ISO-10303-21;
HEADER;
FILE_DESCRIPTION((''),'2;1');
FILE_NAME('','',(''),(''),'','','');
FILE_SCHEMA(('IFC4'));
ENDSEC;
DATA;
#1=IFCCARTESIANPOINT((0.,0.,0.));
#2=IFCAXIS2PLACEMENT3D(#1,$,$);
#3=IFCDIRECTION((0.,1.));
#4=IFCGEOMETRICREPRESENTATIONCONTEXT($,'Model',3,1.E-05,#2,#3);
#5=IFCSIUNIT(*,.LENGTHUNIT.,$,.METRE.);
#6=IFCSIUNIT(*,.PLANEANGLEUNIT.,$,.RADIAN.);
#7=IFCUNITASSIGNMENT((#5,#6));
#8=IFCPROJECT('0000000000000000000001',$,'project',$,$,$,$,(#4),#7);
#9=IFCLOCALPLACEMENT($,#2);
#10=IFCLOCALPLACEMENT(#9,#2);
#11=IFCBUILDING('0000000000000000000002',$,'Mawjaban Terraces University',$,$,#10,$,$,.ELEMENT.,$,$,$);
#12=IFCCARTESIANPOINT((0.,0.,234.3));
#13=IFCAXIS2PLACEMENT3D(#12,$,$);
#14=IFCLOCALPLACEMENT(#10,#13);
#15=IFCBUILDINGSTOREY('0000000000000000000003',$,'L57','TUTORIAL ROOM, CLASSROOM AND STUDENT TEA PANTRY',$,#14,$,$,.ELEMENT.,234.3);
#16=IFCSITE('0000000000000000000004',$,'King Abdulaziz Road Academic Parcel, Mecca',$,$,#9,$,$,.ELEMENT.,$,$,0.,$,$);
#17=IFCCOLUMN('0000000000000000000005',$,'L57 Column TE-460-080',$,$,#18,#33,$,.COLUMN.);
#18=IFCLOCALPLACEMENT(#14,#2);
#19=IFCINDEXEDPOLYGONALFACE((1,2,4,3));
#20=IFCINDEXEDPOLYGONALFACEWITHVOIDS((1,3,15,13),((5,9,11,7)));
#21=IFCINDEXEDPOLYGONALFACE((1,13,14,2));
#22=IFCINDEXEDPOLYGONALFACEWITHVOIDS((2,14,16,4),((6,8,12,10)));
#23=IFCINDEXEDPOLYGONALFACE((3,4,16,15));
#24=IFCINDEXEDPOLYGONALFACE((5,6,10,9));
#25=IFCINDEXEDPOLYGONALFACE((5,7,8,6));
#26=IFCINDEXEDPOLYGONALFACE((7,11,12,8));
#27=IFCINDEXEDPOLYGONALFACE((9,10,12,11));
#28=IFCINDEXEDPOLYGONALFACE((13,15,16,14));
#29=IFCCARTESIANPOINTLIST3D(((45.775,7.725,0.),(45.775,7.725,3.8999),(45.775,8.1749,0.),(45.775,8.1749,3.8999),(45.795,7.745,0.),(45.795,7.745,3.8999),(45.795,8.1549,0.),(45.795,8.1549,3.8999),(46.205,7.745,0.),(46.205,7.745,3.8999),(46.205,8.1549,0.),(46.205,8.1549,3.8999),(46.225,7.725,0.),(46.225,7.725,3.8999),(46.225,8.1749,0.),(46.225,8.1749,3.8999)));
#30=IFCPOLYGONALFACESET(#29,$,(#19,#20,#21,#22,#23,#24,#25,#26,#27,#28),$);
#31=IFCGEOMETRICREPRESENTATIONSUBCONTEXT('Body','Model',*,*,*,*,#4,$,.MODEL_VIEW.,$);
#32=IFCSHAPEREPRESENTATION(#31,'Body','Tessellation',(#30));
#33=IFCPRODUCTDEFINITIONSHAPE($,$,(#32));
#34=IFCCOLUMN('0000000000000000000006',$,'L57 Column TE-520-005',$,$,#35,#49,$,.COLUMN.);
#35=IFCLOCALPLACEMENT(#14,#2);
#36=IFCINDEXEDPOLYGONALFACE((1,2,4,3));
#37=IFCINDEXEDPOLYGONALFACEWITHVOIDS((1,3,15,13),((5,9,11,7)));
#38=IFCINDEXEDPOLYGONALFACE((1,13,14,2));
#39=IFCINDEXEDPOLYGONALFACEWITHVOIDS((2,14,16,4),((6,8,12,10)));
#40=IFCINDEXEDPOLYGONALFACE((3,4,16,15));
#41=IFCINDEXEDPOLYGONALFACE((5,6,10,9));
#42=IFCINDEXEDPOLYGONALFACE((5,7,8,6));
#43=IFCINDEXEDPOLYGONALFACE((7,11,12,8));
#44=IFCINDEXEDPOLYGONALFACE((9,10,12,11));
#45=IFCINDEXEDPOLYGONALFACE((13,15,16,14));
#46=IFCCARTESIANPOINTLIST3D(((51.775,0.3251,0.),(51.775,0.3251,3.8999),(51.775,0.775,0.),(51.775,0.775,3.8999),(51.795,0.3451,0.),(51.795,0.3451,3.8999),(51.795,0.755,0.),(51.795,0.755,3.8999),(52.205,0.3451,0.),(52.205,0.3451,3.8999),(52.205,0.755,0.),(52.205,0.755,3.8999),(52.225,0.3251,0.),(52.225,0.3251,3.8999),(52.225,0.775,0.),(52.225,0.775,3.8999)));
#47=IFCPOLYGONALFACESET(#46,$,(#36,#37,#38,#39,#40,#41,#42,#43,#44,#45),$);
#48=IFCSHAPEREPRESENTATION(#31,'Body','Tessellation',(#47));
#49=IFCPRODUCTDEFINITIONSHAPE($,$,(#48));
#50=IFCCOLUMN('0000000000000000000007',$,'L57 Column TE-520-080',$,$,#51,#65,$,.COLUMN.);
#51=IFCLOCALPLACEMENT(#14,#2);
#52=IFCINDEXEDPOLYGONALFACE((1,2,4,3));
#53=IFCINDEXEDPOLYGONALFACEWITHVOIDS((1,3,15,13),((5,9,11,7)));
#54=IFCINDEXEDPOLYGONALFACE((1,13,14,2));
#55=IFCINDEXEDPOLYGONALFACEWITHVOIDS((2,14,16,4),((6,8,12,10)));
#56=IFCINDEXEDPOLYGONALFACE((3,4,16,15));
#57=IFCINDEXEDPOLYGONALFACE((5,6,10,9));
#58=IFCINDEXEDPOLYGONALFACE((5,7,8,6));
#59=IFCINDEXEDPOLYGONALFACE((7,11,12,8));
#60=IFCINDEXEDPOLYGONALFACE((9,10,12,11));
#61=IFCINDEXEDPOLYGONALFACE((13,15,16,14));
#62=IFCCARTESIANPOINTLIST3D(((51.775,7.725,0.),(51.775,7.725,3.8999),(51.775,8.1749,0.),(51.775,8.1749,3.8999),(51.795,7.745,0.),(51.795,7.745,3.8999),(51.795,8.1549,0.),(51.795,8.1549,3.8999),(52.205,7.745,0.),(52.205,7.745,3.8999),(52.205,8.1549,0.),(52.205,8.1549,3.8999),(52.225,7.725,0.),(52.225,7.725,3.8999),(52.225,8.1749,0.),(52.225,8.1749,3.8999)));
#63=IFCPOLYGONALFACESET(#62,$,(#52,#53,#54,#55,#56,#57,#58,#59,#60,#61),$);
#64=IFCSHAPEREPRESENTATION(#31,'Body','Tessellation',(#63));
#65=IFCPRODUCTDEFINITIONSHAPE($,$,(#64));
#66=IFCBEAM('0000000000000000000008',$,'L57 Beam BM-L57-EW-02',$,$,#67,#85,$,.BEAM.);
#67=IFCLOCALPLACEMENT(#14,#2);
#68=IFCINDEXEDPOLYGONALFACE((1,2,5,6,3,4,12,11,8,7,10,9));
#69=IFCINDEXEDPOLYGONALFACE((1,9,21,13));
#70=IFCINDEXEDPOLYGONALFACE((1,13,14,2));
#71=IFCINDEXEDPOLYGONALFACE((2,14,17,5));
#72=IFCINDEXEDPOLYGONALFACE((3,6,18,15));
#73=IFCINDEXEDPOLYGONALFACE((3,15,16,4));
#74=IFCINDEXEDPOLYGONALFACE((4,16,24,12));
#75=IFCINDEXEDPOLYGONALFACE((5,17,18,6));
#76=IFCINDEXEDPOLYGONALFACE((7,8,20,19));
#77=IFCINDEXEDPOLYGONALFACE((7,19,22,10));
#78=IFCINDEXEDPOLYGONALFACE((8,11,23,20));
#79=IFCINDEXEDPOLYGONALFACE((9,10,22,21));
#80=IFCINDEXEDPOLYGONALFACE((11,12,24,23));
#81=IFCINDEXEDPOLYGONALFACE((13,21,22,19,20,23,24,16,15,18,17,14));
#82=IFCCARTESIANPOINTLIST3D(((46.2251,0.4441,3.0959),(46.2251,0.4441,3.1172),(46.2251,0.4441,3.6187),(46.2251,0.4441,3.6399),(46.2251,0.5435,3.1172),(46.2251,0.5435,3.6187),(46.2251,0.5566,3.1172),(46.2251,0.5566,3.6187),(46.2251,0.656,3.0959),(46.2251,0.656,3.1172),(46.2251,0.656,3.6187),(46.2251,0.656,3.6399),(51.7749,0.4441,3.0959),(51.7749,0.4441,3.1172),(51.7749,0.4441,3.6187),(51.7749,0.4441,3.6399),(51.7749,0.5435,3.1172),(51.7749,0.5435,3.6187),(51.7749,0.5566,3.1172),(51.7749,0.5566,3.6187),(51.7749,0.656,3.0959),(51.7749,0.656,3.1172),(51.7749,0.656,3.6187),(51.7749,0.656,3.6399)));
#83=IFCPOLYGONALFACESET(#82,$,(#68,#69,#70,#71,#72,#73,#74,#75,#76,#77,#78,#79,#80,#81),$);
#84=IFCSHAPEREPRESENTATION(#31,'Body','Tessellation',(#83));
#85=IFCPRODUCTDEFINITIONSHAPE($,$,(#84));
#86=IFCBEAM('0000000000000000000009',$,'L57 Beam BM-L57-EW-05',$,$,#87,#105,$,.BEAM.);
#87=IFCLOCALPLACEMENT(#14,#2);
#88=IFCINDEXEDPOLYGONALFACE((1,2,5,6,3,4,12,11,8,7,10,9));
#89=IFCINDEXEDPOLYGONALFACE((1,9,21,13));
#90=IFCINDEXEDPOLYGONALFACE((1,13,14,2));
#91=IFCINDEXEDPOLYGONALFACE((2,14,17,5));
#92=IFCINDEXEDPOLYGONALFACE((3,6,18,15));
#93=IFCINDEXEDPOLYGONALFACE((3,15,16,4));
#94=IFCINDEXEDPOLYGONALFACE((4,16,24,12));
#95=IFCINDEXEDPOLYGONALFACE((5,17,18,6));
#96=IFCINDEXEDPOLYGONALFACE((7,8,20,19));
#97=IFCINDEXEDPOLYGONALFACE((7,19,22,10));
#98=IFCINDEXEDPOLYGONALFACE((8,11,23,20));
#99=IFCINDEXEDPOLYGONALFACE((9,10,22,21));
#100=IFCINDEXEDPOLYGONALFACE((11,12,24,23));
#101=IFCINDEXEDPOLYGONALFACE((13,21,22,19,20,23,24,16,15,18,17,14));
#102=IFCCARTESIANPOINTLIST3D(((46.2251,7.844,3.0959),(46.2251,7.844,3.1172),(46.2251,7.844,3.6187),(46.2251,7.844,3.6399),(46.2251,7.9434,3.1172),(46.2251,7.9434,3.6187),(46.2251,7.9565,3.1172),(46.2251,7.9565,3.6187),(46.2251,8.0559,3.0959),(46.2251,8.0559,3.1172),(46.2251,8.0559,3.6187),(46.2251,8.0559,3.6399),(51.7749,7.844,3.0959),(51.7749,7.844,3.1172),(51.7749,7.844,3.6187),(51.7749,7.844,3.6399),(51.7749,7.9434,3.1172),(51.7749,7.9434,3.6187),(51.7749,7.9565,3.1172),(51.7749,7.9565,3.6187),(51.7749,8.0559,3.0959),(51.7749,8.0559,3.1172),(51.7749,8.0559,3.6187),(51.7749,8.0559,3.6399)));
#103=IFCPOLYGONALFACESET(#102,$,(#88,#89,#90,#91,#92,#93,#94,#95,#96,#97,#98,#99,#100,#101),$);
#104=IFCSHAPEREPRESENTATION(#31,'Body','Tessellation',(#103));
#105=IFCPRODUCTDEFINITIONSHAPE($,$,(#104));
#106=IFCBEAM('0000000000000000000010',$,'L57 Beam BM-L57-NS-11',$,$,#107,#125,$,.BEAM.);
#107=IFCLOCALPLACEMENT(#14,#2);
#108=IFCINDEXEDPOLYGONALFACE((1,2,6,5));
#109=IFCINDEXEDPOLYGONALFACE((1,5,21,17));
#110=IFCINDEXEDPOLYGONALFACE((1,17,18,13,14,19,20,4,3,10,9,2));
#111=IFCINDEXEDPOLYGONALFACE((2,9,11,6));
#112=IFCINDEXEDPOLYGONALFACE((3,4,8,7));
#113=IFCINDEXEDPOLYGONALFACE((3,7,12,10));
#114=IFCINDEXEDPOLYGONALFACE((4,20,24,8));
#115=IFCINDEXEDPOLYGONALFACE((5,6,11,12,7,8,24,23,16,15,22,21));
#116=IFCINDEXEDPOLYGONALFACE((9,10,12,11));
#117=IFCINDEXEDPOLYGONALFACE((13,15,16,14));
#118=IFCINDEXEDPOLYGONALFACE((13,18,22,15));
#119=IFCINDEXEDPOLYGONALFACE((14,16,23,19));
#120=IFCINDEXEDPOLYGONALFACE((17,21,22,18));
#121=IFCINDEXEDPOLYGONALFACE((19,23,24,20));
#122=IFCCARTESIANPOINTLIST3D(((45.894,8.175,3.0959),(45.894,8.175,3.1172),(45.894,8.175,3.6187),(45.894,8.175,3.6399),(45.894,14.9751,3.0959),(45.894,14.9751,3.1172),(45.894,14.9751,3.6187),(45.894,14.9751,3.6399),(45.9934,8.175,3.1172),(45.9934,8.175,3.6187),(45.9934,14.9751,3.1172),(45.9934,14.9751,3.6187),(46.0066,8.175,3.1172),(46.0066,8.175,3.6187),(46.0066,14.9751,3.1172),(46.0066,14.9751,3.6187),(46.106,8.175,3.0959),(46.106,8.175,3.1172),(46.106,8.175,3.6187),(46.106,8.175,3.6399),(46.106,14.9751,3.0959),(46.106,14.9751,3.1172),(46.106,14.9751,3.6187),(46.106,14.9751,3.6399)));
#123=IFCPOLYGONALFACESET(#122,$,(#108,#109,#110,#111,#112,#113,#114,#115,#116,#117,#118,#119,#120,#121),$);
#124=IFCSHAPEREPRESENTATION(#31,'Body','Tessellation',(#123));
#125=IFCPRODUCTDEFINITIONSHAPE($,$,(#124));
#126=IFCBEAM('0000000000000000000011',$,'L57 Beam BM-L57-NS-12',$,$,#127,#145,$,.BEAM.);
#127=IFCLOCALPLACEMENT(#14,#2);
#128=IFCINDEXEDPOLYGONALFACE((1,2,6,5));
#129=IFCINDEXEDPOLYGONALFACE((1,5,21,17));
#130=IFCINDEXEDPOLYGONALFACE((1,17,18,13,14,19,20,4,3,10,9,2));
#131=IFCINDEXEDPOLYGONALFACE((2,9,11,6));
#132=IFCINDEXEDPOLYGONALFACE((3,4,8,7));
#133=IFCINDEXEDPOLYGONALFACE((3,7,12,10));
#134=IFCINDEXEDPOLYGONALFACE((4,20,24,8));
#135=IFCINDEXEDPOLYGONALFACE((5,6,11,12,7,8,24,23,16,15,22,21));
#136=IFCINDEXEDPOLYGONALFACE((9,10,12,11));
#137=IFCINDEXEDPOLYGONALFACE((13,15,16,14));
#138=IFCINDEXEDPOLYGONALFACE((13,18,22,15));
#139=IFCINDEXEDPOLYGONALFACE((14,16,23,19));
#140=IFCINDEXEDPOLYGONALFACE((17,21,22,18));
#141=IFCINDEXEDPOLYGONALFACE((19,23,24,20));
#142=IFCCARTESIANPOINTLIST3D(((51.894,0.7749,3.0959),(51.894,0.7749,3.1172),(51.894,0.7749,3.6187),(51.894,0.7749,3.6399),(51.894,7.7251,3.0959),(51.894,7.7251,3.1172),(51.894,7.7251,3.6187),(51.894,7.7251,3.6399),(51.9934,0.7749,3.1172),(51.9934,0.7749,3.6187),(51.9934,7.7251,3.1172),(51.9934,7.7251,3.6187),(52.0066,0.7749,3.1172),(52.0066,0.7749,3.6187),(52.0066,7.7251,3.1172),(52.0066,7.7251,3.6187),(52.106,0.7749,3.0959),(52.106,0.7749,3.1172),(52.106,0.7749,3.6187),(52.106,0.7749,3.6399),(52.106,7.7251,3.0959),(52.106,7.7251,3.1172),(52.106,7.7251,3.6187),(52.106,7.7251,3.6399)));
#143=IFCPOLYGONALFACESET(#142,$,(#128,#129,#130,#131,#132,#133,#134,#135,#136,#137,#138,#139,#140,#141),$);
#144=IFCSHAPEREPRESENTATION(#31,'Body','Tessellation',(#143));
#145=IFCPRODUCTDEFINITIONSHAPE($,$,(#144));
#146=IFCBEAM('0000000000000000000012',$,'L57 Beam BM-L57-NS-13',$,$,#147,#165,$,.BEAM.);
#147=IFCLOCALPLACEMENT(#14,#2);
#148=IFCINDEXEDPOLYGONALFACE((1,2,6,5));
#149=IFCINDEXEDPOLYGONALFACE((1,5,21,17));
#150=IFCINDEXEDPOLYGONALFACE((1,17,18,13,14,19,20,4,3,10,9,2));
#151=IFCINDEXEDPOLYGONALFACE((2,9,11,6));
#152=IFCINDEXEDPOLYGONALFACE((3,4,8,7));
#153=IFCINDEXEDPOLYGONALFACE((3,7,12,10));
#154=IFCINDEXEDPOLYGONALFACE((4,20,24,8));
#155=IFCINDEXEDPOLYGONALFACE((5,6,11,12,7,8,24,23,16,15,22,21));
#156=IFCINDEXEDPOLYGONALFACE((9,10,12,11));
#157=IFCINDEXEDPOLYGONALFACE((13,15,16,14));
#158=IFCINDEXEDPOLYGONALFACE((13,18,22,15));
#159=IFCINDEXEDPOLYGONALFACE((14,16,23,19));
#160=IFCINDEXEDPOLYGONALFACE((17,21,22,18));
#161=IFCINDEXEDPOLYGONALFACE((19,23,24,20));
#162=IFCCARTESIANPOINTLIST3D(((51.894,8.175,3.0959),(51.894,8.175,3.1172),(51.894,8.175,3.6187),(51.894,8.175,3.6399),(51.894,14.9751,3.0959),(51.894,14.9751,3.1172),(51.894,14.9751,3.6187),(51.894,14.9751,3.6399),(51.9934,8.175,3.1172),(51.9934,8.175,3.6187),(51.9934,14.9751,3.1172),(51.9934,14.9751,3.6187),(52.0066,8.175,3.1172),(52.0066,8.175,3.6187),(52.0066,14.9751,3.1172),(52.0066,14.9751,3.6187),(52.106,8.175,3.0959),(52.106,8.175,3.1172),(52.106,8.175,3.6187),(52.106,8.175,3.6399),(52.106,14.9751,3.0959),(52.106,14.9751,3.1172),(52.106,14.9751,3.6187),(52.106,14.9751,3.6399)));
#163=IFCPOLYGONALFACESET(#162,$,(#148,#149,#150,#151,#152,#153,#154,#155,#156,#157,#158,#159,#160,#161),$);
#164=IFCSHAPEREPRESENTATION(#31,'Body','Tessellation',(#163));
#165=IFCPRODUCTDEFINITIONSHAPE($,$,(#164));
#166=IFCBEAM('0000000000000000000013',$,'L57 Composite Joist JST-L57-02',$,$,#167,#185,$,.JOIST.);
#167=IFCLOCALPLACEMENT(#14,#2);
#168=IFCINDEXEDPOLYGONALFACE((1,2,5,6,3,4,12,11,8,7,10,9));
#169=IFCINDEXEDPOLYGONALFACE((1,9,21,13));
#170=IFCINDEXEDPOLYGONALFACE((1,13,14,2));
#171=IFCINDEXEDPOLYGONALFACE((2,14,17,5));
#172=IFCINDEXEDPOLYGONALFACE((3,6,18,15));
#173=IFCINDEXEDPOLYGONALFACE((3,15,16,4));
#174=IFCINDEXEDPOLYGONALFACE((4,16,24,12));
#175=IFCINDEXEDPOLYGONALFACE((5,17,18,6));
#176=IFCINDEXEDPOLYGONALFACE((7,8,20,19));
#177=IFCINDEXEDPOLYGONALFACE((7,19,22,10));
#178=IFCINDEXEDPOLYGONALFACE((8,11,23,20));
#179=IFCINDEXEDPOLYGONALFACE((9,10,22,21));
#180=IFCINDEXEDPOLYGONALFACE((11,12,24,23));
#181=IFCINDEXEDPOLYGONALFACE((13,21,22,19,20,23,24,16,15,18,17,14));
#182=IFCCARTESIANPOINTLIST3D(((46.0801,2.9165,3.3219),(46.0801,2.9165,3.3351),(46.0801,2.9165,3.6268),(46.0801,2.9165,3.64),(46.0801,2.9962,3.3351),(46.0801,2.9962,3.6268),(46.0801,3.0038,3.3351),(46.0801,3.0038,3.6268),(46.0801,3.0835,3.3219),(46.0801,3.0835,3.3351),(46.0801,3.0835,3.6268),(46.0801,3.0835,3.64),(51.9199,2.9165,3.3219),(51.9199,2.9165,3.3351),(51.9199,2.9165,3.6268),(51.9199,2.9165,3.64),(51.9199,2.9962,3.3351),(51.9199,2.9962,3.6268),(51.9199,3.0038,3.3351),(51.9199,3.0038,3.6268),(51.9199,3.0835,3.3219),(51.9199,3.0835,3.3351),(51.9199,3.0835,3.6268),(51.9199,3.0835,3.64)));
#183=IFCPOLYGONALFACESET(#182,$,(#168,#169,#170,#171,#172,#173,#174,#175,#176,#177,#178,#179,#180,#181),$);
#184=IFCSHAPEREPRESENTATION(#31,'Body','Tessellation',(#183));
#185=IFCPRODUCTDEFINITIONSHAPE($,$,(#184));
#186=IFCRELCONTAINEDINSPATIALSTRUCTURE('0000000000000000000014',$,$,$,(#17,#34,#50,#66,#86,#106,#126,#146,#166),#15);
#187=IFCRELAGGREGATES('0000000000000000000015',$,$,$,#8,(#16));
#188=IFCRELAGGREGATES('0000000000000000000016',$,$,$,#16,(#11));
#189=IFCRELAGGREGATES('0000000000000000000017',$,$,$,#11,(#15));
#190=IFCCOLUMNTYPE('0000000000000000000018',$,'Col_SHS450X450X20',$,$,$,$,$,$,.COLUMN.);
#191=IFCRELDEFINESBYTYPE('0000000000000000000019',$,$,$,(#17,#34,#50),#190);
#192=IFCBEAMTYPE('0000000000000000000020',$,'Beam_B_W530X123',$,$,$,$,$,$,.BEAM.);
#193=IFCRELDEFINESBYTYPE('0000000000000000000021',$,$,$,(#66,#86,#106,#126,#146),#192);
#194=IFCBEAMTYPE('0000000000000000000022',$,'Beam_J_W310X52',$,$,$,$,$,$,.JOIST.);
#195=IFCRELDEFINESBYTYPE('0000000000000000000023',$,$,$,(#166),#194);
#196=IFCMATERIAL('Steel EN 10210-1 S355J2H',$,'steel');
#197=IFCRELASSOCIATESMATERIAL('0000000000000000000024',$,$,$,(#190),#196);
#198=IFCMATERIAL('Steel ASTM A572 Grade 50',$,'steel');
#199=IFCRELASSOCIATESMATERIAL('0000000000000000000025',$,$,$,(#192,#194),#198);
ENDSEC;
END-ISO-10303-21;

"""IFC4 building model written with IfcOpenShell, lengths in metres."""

from ifc_helpers import new_model, si_unit, direction, frame, origin, origin_2d, place, context, subcontext, project, spatial, hollow_rectangle, i_section, extrude, material, material_profile, profile_set, type_object, element, save


model = new_model("IFC4")

# Units and contexts
model_context = context("Model", 3, precision=1e-05, world=origin(), true_north=direction((0.0, 1.0)))
body_context = subcontext(model_context, "Body", "Model", "MODEL_VIEW")
ifc_project = project(units=[si_unit("LENGTHUNIT", "METRE"), si_unit("PLANEANGLEUNIT", "RADIAN")], contexts=[model_context])

# Site, building, storey
site_placement = place(None, origin())
site = spatial("IfcSite", under=ifc_project, at=site_placement, Name="King Abdulaziz Road Academic Parcel, Mecca", CompositionType="ELEMENT", RefElevation=0.0)
building_placement = place(site_placement, origin())
building = spatial("IfcBuilding", under=site, at=building_placement, Name="Mawjaban Terraces University", CompositionType="ELEMENT")
storey_placement = place(building_placement, frame((0.0, 0.0, 234.3)))
storey = spatial("IfcBuildingStorey", under=building, at=storey_placement, Name="L57", Description="TUTORIAL ROOM, CLASSROOM AND STUDENT TEA PANTRY", CompositionType="ELEMENT", Elevation=234.3)

# Columns
ifc_material_1 = material(Name="Steel EN 10210-1 S355J2H", Category="steel")
ifc_material_profile_1 = material_profile(ifc_material_1, hollow_rectangle(XDim=0.45, YDim=0.45, WallThickness=0.02, at=origin_2d()), Name="SHS450X450X20")
ifc_profile_set_1 = profile_set([ifc_material_profile_1], Name="Steel EN 10210-1 S355J2H")
column_type = type_object("IfcColumnType", Name="Col_SHS450X450X20", PredefinedType="COLUMN", material=ifc_profile_set_1)
for number, where, z_axis, x_axis, name in (
    (1, (46.0, 7.95, 0.0), (0.0, 0.0, 1.0), (1.0, 0.0, 0.0), "L57 Column TE-460-080"),
    (2, (52.0, 0.55, 0.0), (0.0, 0.0, 1.0), (1.0, 0.0, 0.0), "L57 Column TE-520-005"),
    (3, (52.0, 7.95, 0.0), (0.0, 0.0, 1.0), (1.0, 0.0, 0.0), "L57 Column TE-520-080"),
):
    element("IfcColumn", number, at=place(storey_placement, frame(where, z_axis=z_axis, x_axis=x_axis)), inside=storey, type_object=column_type, Name=name, PredefinedType="COLUMN", context=body_context, shape_type="SweptSolid", body=[
        extrude(hollow_rectangle(XDim=0.45, YDim=0.45, WallThickness=0.02, at=origin_2d()), origin(), (0.0, 0.0, 1.0), 3.8999),
    ])

# Beams
ifc_material_2 = material(Name="Steel ASTM A572 Grade 50", Category="steel")
ifc_material_profile_2 = material_profile(ifc_material_2, i_section(OverallWidth=0.2119, OverallDepth=0.5439, WebThickness=0.0132, FlangeThickness=0.0212, at=origin_2d()), Name="W530X123")
ifc_profile_set_2 = profile_set([ifc_material_profile_2], Name="Steel ASTM A572 Grade 50")
beam_type_1 = type_object("IfcBeamType", Name="Beam_B_W530X123", PredefinedType="BEAM", material=ifc_profile_set_2)
for number, where, z_axis, x_axis, name in (
    (4, (46.2251, 0.55, 3.3679), (1.0, 0.0, 0.0), (0.0, 1.0, 0.0), "L57 Beam BM-L57-EW-02"),
    (5, (46.2251, 7.95, 3.3679), (1.0, 0.0, 0.0), (0.0, 1.0, 0.0), "L57 Beam BM-L57-EW-05"),
):
    element("IfcBeam", number, at=place(storey_placement, frame(where, z_axis=z_axis, x_axis=x_axis)), inside=storey, type_object=beam_type_1, Name=name, PredefinedType="BEAM", context=body_context, shape_type="SweptSolid", body=[
        extrude(i_section(OverallWidth=0.2119, OverallDepth=0.5439, WebThickness=0.0132, FlangeThickness=0.0212, at=origin_2d()), origin(), (0.0, 0.0, 1.0), 5.5498),
    ])
beam_1_placement = place(storey_placement, frame((46.0, 8.175, 3.3679), z_axis=(0.0, 1.0, 0.0), x_axis=(-1.0, 0.0, 0.0)))
element("IfcBeam", 6, at=beam_1_placement, inside=storey, type_object=beam_type_1, Name="L57 Beam BM-L57-NS-11", PredefinedType="BEAM", context=body_context, shape_type="SweptSolid", body=[
    extrude(i_section(OverallWidth=0.2119, OverallDepth=0.5439, WebThickness=0.0132, FlangeThickness=0.0212, at=origin_2d()), origin(), (0.0, 0.0, 1.0), 6.8),
])
beam_2_placement = place(storey_placement, frame((52.0, 0.7749, 3.3679), z_axis=(0.0, 1.0, 0.0), x_axis=(-1.0, 0.0, 0.0)))
element("IfcBeam", 7, at=beam_2_placement, inside=storey, type_object=beam_type_1, Name="L57 Beam BM-L57-NS-12", PredefinedType="BEAM", context=body_context, shape_type="SweptSolid", body=[
    extrude(i_section(OverallWidth=0.2119, OverallDepth=0.5439, WebThickness=0.0132, FlangeThickness=0.0212, at=origin_2d()), origin(), (0.0, 0.0, 1.0), 6.9502),
])
beam_3_placement = place(storey_placement, frame((52.0, 8.175, 3.3679), z_axis=(0.0, 1.0, 0.0), x_axis=(-1.0, 0.0, 0.0)))
element("IfcBeam", 8, at=beam_3_placement, inside=storey, type_object=beam_type_1, Name="L57 Beam BM-L57-NS-13", PredefinedType="BEAM", context=body_context, shape_type="SweptSolid", body=[
    extrude(i_section(OverallWidth=0.2119, OverallDepth=0.5439, WebThickness=0.0132, FlangeThickness=0.0212, at=origin_2d()), origin(), (0.0, 0.0, 1.0), 6.8),
])
ifc_material_profile_3 = material_profile(ifc_material_2, i_section(OverallWidth=0.167, OverallDepth=0.3181, WebThickness=0.0076, FlangeThickness=0.0132, at=origin_2d()), Name="W310X52")
ifc_profile_set_3 = profile_set([ifc_material_profile_3], Name="Steel ASTM A572 Grade 50")
beam_type_2 = type_object("IfcBeamType", Name="Beam_J_W310X52", PredefinedType="JOIST", material=ifc_profile_set_3)
beam_4_placement = place(storey_placement, frame((46.0801, 3.0, 3.481), z_axis=(1.0, 0.0, 0.0), x_axis=(0.0, 1.0, 0.0)))
element("IfcBeam", 9, at=beam_4_placement, inside=storey, type_object=beam_type_2, Name="L57 Composite Joist JST-L57-02", PredefinedType="JOIST", context=body_context, shape_type="SweptSolid", body=[
    extrude(i_section(OverallWidth=0.167, OverallDepth=0.3181, WebThickness=0.0076, FlangeThickness=0.0132, at=origin_2d()), origin(), (0.0, 0.0, 1.0), 5.8398),
])

save(model, "model.ifc")
